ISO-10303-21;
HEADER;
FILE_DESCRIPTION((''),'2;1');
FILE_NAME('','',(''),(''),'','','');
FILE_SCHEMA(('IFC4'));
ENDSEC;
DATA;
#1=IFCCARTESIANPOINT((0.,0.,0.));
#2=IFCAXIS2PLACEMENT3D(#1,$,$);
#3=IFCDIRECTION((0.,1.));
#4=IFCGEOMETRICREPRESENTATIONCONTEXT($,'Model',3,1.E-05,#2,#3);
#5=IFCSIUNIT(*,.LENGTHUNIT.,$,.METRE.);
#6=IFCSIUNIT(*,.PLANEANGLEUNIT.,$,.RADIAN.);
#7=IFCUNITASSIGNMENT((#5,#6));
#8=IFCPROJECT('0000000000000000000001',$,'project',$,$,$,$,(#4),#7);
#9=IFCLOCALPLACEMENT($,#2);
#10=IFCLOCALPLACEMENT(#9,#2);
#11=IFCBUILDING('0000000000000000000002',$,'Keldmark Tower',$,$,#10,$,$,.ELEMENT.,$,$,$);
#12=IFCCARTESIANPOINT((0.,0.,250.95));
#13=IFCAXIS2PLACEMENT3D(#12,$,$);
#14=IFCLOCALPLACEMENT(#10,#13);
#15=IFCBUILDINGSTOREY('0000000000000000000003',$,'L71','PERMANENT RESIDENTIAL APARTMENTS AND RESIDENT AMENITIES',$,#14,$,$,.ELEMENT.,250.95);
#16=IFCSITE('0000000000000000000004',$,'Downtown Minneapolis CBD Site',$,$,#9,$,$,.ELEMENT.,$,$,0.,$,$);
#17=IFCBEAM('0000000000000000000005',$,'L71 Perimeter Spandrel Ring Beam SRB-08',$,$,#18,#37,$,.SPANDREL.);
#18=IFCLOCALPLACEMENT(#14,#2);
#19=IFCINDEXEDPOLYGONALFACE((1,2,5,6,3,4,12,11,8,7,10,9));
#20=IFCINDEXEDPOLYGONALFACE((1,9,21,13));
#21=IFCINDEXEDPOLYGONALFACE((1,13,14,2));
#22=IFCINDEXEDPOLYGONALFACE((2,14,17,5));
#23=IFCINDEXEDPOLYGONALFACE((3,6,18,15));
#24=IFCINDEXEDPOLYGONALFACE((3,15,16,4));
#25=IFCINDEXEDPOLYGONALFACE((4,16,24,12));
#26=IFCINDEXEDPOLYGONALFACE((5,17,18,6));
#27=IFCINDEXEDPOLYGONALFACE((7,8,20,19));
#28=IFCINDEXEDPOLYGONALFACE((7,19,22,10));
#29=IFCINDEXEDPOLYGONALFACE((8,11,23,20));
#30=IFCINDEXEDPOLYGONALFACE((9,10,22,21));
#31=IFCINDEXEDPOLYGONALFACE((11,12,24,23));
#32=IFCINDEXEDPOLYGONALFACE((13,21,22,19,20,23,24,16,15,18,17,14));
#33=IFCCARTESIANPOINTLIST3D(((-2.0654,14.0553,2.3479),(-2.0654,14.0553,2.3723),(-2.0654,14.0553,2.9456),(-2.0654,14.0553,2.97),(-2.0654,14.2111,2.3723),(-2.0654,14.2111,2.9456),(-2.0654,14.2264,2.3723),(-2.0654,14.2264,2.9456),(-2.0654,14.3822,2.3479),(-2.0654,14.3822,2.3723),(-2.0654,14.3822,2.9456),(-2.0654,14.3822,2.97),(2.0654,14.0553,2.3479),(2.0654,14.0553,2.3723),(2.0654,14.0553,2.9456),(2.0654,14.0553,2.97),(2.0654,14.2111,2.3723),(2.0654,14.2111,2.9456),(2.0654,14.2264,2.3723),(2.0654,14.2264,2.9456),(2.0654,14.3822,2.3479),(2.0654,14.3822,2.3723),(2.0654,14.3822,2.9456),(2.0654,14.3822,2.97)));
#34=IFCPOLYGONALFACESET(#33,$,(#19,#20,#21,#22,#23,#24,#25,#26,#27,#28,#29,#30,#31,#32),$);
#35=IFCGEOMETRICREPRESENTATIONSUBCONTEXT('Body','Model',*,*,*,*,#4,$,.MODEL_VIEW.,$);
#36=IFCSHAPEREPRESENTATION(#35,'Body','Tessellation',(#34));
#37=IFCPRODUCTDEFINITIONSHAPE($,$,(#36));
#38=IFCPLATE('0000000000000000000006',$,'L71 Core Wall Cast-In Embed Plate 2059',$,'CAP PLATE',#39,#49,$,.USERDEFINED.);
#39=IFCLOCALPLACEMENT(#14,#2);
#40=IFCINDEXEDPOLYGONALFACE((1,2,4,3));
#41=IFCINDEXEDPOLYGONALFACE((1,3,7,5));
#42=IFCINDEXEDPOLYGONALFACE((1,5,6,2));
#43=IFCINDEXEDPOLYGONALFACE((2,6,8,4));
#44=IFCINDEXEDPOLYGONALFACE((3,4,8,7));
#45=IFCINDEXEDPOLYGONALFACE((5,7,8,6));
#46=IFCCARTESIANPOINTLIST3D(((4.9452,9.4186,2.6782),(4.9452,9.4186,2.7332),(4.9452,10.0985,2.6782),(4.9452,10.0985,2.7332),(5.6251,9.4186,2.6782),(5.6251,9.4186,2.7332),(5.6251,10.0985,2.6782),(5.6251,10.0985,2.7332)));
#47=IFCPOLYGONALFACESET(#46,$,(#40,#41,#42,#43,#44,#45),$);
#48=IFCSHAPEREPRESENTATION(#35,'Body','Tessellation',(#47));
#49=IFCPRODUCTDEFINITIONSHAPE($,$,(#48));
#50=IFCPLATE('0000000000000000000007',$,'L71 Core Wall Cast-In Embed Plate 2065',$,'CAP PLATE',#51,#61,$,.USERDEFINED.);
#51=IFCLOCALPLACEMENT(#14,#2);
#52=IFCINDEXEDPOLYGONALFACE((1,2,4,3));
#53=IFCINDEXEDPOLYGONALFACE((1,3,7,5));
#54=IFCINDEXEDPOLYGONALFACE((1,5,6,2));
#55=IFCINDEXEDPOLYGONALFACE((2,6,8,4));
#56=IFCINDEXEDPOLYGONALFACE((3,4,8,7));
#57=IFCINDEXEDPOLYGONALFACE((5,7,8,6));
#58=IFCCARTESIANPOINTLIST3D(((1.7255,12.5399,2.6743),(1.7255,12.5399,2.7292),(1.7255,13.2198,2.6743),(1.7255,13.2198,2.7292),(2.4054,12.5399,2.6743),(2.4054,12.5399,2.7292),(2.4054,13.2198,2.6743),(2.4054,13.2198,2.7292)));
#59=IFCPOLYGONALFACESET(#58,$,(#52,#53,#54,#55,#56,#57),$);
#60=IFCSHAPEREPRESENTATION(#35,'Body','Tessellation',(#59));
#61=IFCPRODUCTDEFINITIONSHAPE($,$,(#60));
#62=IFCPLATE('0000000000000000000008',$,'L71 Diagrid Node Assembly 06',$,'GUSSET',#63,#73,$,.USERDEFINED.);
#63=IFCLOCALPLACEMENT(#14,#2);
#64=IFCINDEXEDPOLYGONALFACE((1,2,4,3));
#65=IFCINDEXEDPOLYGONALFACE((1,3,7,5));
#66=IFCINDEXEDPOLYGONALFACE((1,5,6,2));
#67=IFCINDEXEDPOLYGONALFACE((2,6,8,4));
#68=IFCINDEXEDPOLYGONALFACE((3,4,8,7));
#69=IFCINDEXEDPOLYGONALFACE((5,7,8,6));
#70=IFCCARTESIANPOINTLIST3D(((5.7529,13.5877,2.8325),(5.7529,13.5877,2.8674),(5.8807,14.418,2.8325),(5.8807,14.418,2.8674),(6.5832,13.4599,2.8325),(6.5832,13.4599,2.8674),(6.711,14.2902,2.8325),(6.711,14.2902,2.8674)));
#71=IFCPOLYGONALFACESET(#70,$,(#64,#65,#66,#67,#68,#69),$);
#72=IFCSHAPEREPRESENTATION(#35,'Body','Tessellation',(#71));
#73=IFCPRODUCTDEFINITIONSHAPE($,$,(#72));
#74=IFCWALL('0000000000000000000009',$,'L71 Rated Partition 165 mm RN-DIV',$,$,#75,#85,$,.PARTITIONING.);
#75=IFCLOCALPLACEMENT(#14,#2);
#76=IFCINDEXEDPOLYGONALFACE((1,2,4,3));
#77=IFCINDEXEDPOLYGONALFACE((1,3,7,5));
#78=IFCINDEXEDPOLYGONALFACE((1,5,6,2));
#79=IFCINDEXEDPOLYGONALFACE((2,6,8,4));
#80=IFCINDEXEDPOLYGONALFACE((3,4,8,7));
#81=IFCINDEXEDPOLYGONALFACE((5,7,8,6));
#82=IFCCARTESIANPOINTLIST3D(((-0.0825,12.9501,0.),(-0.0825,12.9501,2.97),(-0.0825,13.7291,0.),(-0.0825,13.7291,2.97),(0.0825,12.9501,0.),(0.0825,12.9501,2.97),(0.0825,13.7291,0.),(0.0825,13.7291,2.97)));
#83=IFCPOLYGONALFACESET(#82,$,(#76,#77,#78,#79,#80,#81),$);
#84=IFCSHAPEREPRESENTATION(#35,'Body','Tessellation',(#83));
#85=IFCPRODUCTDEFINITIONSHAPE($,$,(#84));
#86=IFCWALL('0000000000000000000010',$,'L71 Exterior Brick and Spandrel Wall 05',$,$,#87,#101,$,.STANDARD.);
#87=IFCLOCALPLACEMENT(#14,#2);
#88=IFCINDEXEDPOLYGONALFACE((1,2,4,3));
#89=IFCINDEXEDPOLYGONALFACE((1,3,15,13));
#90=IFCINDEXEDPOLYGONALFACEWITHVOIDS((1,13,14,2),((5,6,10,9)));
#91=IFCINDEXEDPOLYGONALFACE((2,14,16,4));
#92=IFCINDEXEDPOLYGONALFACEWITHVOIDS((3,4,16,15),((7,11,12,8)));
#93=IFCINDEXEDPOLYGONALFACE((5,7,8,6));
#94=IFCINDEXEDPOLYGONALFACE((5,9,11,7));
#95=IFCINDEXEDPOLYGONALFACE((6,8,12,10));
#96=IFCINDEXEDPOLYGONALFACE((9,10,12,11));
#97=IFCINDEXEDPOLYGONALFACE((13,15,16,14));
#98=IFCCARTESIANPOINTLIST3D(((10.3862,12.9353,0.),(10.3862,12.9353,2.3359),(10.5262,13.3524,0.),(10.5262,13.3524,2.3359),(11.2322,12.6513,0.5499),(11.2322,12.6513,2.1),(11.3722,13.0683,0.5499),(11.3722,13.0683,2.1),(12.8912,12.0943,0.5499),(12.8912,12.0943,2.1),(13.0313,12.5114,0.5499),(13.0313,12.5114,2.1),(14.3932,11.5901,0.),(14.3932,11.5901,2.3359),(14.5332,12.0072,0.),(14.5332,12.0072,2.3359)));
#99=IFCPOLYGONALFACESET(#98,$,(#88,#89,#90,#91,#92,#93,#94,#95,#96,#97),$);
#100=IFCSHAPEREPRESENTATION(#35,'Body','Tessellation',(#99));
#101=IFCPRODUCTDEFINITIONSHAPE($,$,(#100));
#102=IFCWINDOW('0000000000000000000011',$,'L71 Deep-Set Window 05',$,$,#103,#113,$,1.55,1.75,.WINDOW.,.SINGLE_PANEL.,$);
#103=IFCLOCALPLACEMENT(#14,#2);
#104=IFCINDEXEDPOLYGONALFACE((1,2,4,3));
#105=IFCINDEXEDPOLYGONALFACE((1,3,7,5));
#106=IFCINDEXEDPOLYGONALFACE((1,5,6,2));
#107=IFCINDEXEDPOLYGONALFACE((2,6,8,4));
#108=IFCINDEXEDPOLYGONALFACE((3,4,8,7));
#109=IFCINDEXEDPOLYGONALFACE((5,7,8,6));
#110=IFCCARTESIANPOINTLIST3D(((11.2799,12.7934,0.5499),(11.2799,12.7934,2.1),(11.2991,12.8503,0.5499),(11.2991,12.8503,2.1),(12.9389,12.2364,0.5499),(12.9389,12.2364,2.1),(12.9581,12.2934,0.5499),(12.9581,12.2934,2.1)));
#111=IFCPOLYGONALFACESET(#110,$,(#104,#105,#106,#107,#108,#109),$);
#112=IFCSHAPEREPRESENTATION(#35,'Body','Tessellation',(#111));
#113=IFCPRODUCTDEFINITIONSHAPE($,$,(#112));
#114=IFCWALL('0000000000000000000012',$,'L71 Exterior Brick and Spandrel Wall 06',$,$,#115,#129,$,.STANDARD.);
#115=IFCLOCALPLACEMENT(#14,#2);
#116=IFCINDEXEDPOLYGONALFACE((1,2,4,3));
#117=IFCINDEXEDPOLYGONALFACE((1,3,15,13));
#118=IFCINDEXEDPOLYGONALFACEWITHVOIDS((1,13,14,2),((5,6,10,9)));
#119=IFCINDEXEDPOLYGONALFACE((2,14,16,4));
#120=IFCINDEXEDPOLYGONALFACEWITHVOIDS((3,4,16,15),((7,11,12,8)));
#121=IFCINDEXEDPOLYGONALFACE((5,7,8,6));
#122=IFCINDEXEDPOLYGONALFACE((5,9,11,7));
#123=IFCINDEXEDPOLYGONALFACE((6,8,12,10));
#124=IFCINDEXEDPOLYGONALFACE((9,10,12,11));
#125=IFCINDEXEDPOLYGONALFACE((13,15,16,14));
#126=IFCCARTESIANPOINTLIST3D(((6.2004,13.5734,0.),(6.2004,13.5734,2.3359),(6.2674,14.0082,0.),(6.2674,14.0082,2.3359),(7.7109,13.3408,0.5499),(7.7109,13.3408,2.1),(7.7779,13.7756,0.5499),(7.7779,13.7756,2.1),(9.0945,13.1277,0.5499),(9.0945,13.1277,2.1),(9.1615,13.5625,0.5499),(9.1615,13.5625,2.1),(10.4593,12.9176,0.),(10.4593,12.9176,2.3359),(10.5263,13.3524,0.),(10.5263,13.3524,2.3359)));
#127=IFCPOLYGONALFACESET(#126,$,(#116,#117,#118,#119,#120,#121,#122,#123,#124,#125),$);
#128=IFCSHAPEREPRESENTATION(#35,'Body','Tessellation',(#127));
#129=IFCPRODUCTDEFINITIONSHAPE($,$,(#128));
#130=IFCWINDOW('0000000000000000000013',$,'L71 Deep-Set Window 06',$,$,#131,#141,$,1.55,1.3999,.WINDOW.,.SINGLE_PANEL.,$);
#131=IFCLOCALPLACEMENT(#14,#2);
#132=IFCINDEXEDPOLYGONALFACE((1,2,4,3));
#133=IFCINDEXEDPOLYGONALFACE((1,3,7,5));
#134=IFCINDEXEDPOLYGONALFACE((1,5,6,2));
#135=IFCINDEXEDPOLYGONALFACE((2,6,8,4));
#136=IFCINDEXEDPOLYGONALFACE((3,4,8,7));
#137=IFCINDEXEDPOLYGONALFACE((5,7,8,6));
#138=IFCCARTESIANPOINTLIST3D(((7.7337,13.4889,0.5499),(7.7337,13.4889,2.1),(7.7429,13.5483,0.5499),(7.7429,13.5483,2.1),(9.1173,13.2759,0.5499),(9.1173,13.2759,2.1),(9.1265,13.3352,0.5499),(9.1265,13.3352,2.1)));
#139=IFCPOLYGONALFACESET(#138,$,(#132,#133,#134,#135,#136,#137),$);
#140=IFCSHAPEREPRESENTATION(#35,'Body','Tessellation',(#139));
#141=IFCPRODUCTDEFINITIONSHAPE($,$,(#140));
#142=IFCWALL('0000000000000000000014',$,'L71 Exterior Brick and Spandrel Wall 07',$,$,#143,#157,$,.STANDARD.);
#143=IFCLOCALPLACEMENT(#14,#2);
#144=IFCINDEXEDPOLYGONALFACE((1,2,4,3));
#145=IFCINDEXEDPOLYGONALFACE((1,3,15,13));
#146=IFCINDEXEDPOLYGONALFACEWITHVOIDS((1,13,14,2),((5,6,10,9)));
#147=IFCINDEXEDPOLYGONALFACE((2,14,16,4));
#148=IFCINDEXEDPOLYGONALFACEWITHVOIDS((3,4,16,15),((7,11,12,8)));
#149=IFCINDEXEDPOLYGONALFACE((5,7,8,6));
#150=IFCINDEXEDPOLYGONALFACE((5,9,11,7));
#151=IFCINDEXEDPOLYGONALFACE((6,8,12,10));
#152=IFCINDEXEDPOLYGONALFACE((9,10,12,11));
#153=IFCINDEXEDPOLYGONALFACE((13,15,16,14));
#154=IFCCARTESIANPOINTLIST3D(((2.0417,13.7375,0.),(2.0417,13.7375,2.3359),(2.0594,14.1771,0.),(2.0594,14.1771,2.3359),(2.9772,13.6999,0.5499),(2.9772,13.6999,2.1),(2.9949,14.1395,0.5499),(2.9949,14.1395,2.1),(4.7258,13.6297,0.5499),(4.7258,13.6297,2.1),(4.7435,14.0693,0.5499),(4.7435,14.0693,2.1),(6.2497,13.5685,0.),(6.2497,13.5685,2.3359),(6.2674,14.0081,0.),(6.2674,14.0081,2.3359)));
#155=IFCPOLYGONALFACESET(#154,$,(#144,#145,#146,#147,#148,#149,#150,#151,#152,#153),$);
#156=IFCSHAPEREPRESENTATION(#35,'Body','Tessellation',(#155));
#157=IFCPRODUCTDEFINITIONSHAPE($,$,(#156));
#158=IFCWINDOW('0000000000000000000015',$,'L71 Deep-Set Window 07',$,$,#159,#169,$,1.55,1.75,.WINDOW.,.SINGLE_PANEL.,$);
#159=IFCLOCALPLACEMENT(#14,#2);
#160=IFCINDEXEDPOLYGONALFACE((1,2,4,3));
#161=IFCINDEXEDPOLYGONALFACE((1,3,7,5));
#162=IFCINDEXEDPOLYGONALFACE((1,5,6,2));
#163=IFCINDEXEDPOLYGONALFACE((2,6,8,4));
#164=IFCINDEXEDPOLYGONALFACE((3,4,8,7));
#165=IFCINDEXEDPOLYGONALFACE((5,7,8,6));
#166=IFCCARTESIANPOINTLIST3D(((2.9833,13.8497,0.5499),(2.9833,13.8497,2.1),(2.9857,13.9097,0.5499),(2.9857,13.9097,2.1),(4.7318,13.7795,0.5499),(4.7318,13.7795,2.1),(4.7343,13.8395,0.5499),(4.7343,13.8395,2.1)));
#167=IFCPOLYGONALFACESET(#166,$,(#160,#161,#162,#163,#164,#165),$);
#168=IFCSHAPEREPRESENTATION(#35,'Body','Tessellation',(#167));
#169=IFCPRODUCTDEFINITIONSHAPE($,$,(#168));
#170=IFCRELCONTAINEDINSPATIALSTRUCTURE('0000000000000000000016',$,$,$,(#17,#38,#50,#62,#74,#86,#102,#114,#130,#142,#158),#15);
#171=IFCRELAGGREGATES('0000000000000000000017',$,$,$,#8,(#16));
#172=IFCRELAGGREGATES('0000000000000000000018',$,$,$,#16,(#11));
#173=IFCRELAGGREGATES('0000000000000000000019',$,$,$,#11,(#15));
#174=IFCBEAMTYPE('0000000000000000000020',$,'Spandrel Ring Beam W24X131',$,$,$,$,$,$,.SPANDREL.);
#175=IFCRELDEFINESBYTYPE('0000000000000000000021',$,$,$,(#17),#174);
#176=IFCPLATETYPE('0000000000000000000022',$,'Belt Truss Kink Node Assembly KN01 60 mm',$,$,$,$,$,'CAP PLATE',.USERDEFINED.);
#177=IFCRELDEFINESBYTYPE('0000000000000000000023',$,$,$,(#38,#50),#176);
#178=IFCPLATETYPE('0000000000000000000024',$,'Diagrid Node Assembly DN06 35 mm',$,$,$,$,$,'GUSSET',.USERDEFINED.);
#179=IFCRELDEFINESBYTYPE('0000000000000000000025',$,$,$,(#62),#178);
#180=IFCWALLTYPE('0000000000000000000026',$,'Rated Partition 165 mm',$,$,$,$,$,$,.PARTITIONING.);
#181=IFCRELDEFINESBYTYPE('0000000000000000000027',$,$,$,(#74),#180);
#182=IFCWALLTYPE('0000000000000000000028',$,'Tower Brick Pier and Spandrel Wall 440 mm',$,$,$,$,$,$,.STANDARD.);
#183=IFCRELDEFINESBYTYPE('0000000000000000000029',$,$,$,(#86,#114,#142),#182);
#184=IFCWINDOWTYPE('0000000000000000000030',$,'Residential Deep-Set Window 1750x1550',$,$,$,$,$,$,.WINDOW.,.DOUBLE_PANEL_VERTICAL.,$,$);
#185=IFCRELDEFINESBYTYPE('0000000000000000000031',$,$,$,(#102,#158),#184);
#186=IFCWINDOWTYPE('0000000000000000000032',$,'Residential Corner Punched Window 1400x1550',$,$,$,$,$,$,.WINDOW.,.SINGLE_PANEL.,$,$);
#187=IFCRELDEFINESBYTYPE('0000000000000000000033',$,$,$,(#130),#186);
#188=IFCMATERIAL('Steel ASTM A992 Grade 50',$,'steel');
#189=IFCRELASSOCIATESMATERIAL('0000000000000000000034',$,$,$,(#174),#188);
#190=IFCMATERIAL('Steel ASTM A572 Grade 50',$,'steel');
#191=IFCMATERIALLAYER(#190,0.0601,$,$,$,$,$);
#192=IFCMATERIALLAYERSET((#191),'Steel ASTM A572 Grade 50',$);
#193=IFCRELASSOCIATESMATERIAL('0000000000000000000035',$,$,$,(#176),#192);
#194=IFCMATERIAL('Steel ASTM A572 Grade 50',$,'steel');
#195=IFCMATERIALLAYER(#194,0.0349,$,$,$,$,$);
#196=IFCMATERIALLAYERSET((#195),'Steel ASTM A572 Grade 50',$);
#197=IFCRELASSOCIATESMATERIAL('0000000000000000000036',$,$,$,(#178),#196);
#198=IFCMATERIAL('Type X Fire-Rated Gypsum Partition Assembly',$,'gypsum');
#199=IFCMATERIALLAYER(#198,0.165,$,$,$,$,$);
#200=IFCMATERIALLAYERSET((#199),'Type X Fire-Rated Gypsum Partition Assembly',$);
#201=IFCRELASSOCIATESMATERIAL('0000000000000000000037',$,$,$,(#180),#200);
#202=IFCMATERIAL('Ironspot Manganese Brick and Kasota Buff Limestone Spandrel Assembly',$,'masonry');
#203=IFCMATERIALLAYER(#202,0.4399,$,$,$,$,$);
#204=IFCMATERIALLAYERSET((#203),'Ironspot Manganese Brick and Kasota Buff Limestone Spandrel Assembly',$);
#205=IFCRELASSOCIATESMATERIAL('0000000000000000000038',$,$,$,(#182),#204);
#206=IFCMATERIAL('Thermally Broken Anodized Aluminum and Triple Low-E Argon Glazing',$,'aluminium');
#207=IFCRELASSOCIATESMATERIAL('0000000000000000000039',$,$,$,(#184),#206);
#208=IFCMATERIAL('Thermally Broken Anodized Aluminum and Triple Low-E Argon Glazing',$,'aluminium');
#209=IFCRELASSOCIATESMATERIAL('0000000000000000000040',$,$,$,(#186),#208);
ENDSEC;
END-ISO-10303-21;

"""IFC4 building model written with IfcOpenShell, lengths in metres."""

from ifc_helpers import new_model, si_unit, direction, frame, frame_2d, origin, origin_2d, place, context, subcontext, project, spatial, rectangle, i_section, extrude, material, layer, layer_set, material_profile, profile_set, type_object, element, fill, save


model = new_model("IFC4")

# Units and contexts
model_context = context("Model", 3, precision=1e-05, world=origin(), true_north=direction((0.0, 1.0)))
body_context = subcontext(model_context, "Body", "Model", "MODEL_VIEW")
ifc_project = project(units=[si_unit("LENGTHUNIT", "METRE"), si_unit("PLANEANGLEUNIT", "RADIAN")], contexts=[model_context])

# Site, building, storey
site_placement = place(None, origin())
site = spatial("IfcSite", under=ifc_project, at=site_placement, Name="Downtown Minneapolis CBD Site", CompositionType="ELEMENT", RefElevation=0.0)
building_placement = place(site_placement, origin())
building = spatial("IfcBuilding", under=site, at=building_placement, Name="Keldmark Tower", CompositionType="ELEMENT")
storey_placement = place(building_placement, frame((0.0, 0.0, 250.95)))
storey = spatial("IfcBuildingStorey", under=building, at=storey_placement, Name="L71", Description="PERMANENT RESIDENTIAL APARTMENTS AND RESIDENT AMENITIES", CompositionType="ELEMENT", Elevation=250.95)

# Beam
ifc_material_1 = material(Name="Steel ASTM A992 Grade 50", Category="steel")
ifc_material_profile_1 = material_profile(ifc_material_1, i_section(OverallWidth=0.3269, OverallDepth=0.6221, WebThickness=0.0154, FlangeThickness=0.0244, at=origin_2d()), Name="W24X131")
ifc_profile_set_1 = profile_set([ifc_material_profile_1], Name="Steel ASTM A992 Grade 50")
beam_type_1 = type_object("IfcBeamType", Name="Spandrel Ring Beam W24X131", PredefinedType="SPANDREL", material=ifc_profile_set_1)
beam_1_placement = place(storey_placement, frame((2.0654, 14.2188, 2.6589), z_axis=(-1.0, 0.0, 0.0), x_axis=(0.0, -1.0, 0.0)))
element("IfcBeam", 1, at=beam_1_placement, inside=storey, type_object=beam_type_1, Name="L71 Perimeter Spandrel Ring Beam SRB-08", PredefinedType="SPANDREL", context=body_context, shape_type="SweptSolid", body=[
    extrude(i_section(OverallWidth=0.3269, OverallDepth=0.6221, WebThickness=0.0154, FlangeThickness=0.0244, at=origin_2d()), origin(), (0.0, 0.0, 1.0), 4.1309),
])

# Plates
ifc_material_2 = material(Name="Steel ASTM A572 Grade 50", Category="steel")
ifc_layer_1 = layer(ifc_material_2, 0.0601)
ifc_layer_set_1 = layer_set([ifc_layer_1], Name="Steel ASTM A572 Grade 50")
plate_type_1 = type_object("IfcPlateType", Name="Belt Truss Kink Node Assembly KN01 60 mm", ElementType="CAP PLATE", PredefinedType="USERDEFINED", material=ifc_layer_set_1)
for number, where, z_axis, x_axis, name in (
    (2, (5.2852, 9.7585, 2.6782), (0.0, 0.0, 1.0), (1.0, 0.0, 0.0), "L71 Core Wall Cast-In Embed Plate 2059"),
    (3, (2.0654, 12.8799, 2.6743), (0.0, 0.0, 1.0), (1.0, 0.0, 0.0), "L71 Core Wall Cast-In Embed Plate 2065"),
):
    element("IfcPlate", number, at=place(storey_placement, frame(where, z_axis=z_axis, x_axis=x_axis)), inside=storey, type_object=plate_type_1, Name=name, ObjectType="CAP PLATE", PredefinedType="USERDEFINED", context=body_context, shape_type="SweptSolid", body=[
        extrude(rectangle(XDim=0.6799, YDim=0.6799, at=origin_2d()), origin(), (0.0, 0.0, 1.0), 0.0549),
    ])
ifc_material_3 = material(Name="Steel ASTM A572 Grade 50", Category="steel")
ifc_layer_2 = layer(ifc_material_3, 0.0349)
ifc_layer_set_2 = layer_set([ifc_layer_2], Name="Steel ASTM A572 Grade 50")
plate_type_2 = type_object("IfcPlateType", Name="Diagrid Node Assembly DN06 35 mm", ElementType="GUSSET", PredefinedType="USERDEFINED", material=ifc_layer_set_2)
plate_placement = place(storey_placement, frame((6.2319, 13.939, 2.8325), z_axis=(0.0, 0.0, 1.0), x_axis=(-0.988362, 0.152123, 0.0)))
element("IfcPlate", 4, at=plate_placement, inside=storey, type_object=plate_type_2, Name="L71 Diagrid Node Assembly 06", ObjectType="GUSSET", PredefinedType="USERDEFINED", context=body_context, shape_type="SweptSolid", body=[
    extrude(rectangle(XDim=0.8401, YDim=0.8401, at=origin_2d()), origin(), (0.0, 0.0, 1.0), 0.0349),
])

# Wall
ifc_material_4 = material(Name="Type X Fire-Rated Gypsum Partition Assembly", Category="gypsum")
ifc_layer_3 = layer(ifc_material_4, 0.165)
ifc_layer_set_3 = layer_set([ifc_layer_3], Name="Type X Fire-Rated Gypsum Partition Assembly")
wall_type_1 = type_object("IfcWallType", Name="Rated Partition 165 mm", PredefinedType="PARTITIONING", material=ifc_layer_set_3)
wall_1_placement = place(storey_placement, frame((0.0, 12.95, 0.0), z_axis=(0.0, 0.0, 1.0), x_axis=(0.0, 1.0, 0.0)))
element("IfcWall", 5, at=wall_1_placement, inside=storey, type_object=wall_type_1, Name="L71 Rated Partition 165 mm RN-DIV", PredefinedType="PARTITIONING", context=body_context, shape_type="SweptSolid", body=[
    extrude(rectangle(XDim=0.7791, YDim=0.165, at=frame_2d((0.3896, 0.0))), origin(), (0.0, 0.0, 1.0), 2.97),
])

# Walls, openings, windows
ifc_material_5 = material(Name="Ironspot Manganese Brick and Kasota Buff Limestone Spandrel Assembly", Category="masonry")
ifc_layer_4 = layer(ifc_material_5, 0.4399)
ifc_layer_set_4 = layer_set([ifc_layer_4], Name="Ironspot Manganese Brick and Kasota Buff Limestone Spandrel Assembly")
wall_type_2 = type_object("IfcWallType", Name="Tower Brick Pier and Spandrel Wall 440 mm", PredefinedType="STANDARD", material=ifc_layer_set_4)
wall_2_placement = place(storey_placement, frame((10.4563, 13.1438, 0.0), z_axis=(0.0, 0.0, 1.0), x_axis=(0.948005, -0.318254, 0.0)))
wall_2 = element("IfcWall", 6, at=wall_2_placement, inside=storey, type_object=wall_type_2, Name="L71 Exterior Brick and Spandrel Wall 05", PredefinedType="STANDARD", context=body_context, shape_type="SweptSolid", body=[
    extrude(rectangle(XDim=4.2268, YDim=0.4399, at=frame_2d((2.1133, 0.0))), origin(), (0.0, 0.0, 1.0), 2.3359),
])
opening_1_placement = place(wall_2_placement, frame((0.8923, 0.0, 0.55)))
opening_1 = element("IfcOpeningElement", 7, at=opening_1_placement, cuts=wall_2, PredefinedType="OPENING", context=body_context, shape_type="SweptSolid", body=[
    extrude(rectangle(XDim=1.75, YDim=1.55, at=frame_2d((0.875, 0.7749))), frame((0.0, 0.23, 0.0), z_axis=(0.0, -1.0, 0.0), x_axis=(1.0, 0.0, 0.0)), (0.0, 0.0, 1.0), 0.46),
])
ifc_material_6 = material(Name="Thermally Broken Anodized Aluminum and Triple Low-E Argon Glazing", Category="aluminium")
window_type_1 = type_object("IfcWindowType", Name="Residential Deep-Set Window 1750x1550", PartitioningType="DOUBLE_PANEL_VERTICAL", PredefinedType="WINDOW", material=ifc_material_6)
window_1_placement = place(opening_1_placement, origin())
window_1 = element("IfcWindow", 8, at=window_1_placement, inside=storey, type_object=window_type_1, Name="L71 Deep-Set Window 05", OverallHeight=1.55, OverallWidth=1.75, PartitioningType="SINGLE_PANEL", PredefinedType="WINDOW", context=body_context, shape_type="SweptSolid", body=[
    extrude(rectangle(XDim=1.75, YDim=1.55, at=frame_2d((0.875, 0.7749))), frame((0.0, -0.01, 0.0), z_axis=(0.0, -1.0, 0.0), x_axis=(1.0, 0.0, 0.0)), (0.0, 0.0, 1.0), 0.0601),
])
fill(opening_1, window_1)
wall_3_placement = place(storey_placement, frame((6.2339, 13.7908, 0.0), z_axis=(0.0, 0.0, 1.0), x_axis=(0.988352, -0.152185, 0.0)))
wall_3 = element("IfcWall", 9, at=wall_3_placement, inside=storey, type_object=wall_type_2, Name="L71 Exterior Brick and Spandrel Wall 06", PredefinedType="STANDARD", context=body_context, shape_type="SweptSolid", body=[
    extrude(rectangle(XDim=4.3091, YDim=0.4399, at=frame_2d((2.1545, 0.0))), origin(), (0.0, 0.0, 1.0), 2.3359),
])
opening_2_placement = place(wall_3_placement, frame((1.5283, 0.0, 0.55)))
opening_2 = element("IfcOpeningElement", 10, at=opening_2_placement, cuts=wall_3, PredefinedType="OPENING", context=body_context, shape_type="SweptSolid", body=[
    extrude(rectangle(XDim=1.3999, YDim=1.55, at=frame_2d((0.7, 0.7749))), frame((0.0, 0.23, 0.0), z_axis=(0.0, -1.0, 0.0), x_axis=(1.0, 0.0, 0.0)), (0.0, 0.0, 1.0), 0.46),
])
ifc_material_7 = material(Name="Thermally Broken Anodized Aluminum and Triple Low-E Argon Glazing", Category="aluminium")
window_type_2 = type_object("IfcWindowType", Name="Residential Corner Punched Window 1400x1550", PartitioningType="SINGLE_PANEL", PredefinedType="WINDOW", material=ifc_material_7)
window_2_placement = place(opening_2_placement, origin())
window_2 = element("IfcWindow", 11, at=window_2_placement, inside=storey, type_object=window_type_2, Name="L71 Deep-Set Window 06", OverallHeight=1.55, OverallWidth=1.3999, PartitioningType="SINGLE_PANEL", PredefinedType="WINDOW", context=body_context, shape_type="SweptSolid", body=[
    extrude(rectangle(XDim=1.3999, YDim=1.55, at=frame_2d((0.7, 0.7749))), frame((0.0, -0.01, 0.0), z_axis=(0.0, -1.0, 0.0), x_axis=(1.0, 0.0, 0.0)), (0.0, 0.0, 1.0), 0.0601),
])
fill(opening_2, window_2)
wall_4_placement = place(storey_placement, frame((2.0505, 13.9573, 0.0), z_axis=(0.0, 0.0, 1.0), x_axis=(0.999195, -0.040116, 0.0)))
wall_4 = element("IfcWall", 12, at=wall_4_placement, inside=storey, type_object=wall_type_2, Name="L71 Exterior Brick and Spandrel Wall 07", PredefinedType="STANDARD", context=body_context, shape_type="SweptSolid", body=[
    extrude(rectangle(XDim=4.2114, YDim=0.4399, at=frame_2d((2.1057, 0.0))), origin(), (0.0, 0.0, 1.0), 2.3359),
])
opening_3_placement = place(wall_4_placement, frame((0.9363, 0.0, 0.55)))
opening_3 = element("IfcOpeningElement", 13, at=opening_3_placement, cuts=wall_4, PredefinedType="OPENING", context=body_context, shape_type="SweptSolid", body=[
    extrude(rectangle(XDim=1.75, YDim=1.55, at=frame_2d((0.875, 0.7749))), frame((0.0, 0.23, 0.0), z_axis=(0.0, -1.0, 0.0), x_axis=(1.0, 0.0, 0.0)), (0.0, 0.0, 1.0), 0.46),
])
window_3_placement = place(opening_3_placement, origin())
window_3 = element("IfcWindow", 14, at=window_3_placement, inside=storey, type_object=window_type_1, Name="L71 Deep-Set Window 07", OverallHeight=1.55, OverallWidth=1.75, PartitioningType="SINGLE_PANEL", PredefinedType="WINDOW", context=body_context, shape_type="SweptSolid", body=[
    extrude(rectangle(XDim=1.75, YDim=1.55, at=frame_2d((0.875, 0.7749))), frame((0.0, -0.01, 0.0), z_axis=(0.0, -1.0, 0.0), x_axis=(1.0, 0.0, 0.0)), (0.0, 0.0, 1.0), 0.0601),
])
fill(opening_3, window_3)

save(model, "model.ifc")
